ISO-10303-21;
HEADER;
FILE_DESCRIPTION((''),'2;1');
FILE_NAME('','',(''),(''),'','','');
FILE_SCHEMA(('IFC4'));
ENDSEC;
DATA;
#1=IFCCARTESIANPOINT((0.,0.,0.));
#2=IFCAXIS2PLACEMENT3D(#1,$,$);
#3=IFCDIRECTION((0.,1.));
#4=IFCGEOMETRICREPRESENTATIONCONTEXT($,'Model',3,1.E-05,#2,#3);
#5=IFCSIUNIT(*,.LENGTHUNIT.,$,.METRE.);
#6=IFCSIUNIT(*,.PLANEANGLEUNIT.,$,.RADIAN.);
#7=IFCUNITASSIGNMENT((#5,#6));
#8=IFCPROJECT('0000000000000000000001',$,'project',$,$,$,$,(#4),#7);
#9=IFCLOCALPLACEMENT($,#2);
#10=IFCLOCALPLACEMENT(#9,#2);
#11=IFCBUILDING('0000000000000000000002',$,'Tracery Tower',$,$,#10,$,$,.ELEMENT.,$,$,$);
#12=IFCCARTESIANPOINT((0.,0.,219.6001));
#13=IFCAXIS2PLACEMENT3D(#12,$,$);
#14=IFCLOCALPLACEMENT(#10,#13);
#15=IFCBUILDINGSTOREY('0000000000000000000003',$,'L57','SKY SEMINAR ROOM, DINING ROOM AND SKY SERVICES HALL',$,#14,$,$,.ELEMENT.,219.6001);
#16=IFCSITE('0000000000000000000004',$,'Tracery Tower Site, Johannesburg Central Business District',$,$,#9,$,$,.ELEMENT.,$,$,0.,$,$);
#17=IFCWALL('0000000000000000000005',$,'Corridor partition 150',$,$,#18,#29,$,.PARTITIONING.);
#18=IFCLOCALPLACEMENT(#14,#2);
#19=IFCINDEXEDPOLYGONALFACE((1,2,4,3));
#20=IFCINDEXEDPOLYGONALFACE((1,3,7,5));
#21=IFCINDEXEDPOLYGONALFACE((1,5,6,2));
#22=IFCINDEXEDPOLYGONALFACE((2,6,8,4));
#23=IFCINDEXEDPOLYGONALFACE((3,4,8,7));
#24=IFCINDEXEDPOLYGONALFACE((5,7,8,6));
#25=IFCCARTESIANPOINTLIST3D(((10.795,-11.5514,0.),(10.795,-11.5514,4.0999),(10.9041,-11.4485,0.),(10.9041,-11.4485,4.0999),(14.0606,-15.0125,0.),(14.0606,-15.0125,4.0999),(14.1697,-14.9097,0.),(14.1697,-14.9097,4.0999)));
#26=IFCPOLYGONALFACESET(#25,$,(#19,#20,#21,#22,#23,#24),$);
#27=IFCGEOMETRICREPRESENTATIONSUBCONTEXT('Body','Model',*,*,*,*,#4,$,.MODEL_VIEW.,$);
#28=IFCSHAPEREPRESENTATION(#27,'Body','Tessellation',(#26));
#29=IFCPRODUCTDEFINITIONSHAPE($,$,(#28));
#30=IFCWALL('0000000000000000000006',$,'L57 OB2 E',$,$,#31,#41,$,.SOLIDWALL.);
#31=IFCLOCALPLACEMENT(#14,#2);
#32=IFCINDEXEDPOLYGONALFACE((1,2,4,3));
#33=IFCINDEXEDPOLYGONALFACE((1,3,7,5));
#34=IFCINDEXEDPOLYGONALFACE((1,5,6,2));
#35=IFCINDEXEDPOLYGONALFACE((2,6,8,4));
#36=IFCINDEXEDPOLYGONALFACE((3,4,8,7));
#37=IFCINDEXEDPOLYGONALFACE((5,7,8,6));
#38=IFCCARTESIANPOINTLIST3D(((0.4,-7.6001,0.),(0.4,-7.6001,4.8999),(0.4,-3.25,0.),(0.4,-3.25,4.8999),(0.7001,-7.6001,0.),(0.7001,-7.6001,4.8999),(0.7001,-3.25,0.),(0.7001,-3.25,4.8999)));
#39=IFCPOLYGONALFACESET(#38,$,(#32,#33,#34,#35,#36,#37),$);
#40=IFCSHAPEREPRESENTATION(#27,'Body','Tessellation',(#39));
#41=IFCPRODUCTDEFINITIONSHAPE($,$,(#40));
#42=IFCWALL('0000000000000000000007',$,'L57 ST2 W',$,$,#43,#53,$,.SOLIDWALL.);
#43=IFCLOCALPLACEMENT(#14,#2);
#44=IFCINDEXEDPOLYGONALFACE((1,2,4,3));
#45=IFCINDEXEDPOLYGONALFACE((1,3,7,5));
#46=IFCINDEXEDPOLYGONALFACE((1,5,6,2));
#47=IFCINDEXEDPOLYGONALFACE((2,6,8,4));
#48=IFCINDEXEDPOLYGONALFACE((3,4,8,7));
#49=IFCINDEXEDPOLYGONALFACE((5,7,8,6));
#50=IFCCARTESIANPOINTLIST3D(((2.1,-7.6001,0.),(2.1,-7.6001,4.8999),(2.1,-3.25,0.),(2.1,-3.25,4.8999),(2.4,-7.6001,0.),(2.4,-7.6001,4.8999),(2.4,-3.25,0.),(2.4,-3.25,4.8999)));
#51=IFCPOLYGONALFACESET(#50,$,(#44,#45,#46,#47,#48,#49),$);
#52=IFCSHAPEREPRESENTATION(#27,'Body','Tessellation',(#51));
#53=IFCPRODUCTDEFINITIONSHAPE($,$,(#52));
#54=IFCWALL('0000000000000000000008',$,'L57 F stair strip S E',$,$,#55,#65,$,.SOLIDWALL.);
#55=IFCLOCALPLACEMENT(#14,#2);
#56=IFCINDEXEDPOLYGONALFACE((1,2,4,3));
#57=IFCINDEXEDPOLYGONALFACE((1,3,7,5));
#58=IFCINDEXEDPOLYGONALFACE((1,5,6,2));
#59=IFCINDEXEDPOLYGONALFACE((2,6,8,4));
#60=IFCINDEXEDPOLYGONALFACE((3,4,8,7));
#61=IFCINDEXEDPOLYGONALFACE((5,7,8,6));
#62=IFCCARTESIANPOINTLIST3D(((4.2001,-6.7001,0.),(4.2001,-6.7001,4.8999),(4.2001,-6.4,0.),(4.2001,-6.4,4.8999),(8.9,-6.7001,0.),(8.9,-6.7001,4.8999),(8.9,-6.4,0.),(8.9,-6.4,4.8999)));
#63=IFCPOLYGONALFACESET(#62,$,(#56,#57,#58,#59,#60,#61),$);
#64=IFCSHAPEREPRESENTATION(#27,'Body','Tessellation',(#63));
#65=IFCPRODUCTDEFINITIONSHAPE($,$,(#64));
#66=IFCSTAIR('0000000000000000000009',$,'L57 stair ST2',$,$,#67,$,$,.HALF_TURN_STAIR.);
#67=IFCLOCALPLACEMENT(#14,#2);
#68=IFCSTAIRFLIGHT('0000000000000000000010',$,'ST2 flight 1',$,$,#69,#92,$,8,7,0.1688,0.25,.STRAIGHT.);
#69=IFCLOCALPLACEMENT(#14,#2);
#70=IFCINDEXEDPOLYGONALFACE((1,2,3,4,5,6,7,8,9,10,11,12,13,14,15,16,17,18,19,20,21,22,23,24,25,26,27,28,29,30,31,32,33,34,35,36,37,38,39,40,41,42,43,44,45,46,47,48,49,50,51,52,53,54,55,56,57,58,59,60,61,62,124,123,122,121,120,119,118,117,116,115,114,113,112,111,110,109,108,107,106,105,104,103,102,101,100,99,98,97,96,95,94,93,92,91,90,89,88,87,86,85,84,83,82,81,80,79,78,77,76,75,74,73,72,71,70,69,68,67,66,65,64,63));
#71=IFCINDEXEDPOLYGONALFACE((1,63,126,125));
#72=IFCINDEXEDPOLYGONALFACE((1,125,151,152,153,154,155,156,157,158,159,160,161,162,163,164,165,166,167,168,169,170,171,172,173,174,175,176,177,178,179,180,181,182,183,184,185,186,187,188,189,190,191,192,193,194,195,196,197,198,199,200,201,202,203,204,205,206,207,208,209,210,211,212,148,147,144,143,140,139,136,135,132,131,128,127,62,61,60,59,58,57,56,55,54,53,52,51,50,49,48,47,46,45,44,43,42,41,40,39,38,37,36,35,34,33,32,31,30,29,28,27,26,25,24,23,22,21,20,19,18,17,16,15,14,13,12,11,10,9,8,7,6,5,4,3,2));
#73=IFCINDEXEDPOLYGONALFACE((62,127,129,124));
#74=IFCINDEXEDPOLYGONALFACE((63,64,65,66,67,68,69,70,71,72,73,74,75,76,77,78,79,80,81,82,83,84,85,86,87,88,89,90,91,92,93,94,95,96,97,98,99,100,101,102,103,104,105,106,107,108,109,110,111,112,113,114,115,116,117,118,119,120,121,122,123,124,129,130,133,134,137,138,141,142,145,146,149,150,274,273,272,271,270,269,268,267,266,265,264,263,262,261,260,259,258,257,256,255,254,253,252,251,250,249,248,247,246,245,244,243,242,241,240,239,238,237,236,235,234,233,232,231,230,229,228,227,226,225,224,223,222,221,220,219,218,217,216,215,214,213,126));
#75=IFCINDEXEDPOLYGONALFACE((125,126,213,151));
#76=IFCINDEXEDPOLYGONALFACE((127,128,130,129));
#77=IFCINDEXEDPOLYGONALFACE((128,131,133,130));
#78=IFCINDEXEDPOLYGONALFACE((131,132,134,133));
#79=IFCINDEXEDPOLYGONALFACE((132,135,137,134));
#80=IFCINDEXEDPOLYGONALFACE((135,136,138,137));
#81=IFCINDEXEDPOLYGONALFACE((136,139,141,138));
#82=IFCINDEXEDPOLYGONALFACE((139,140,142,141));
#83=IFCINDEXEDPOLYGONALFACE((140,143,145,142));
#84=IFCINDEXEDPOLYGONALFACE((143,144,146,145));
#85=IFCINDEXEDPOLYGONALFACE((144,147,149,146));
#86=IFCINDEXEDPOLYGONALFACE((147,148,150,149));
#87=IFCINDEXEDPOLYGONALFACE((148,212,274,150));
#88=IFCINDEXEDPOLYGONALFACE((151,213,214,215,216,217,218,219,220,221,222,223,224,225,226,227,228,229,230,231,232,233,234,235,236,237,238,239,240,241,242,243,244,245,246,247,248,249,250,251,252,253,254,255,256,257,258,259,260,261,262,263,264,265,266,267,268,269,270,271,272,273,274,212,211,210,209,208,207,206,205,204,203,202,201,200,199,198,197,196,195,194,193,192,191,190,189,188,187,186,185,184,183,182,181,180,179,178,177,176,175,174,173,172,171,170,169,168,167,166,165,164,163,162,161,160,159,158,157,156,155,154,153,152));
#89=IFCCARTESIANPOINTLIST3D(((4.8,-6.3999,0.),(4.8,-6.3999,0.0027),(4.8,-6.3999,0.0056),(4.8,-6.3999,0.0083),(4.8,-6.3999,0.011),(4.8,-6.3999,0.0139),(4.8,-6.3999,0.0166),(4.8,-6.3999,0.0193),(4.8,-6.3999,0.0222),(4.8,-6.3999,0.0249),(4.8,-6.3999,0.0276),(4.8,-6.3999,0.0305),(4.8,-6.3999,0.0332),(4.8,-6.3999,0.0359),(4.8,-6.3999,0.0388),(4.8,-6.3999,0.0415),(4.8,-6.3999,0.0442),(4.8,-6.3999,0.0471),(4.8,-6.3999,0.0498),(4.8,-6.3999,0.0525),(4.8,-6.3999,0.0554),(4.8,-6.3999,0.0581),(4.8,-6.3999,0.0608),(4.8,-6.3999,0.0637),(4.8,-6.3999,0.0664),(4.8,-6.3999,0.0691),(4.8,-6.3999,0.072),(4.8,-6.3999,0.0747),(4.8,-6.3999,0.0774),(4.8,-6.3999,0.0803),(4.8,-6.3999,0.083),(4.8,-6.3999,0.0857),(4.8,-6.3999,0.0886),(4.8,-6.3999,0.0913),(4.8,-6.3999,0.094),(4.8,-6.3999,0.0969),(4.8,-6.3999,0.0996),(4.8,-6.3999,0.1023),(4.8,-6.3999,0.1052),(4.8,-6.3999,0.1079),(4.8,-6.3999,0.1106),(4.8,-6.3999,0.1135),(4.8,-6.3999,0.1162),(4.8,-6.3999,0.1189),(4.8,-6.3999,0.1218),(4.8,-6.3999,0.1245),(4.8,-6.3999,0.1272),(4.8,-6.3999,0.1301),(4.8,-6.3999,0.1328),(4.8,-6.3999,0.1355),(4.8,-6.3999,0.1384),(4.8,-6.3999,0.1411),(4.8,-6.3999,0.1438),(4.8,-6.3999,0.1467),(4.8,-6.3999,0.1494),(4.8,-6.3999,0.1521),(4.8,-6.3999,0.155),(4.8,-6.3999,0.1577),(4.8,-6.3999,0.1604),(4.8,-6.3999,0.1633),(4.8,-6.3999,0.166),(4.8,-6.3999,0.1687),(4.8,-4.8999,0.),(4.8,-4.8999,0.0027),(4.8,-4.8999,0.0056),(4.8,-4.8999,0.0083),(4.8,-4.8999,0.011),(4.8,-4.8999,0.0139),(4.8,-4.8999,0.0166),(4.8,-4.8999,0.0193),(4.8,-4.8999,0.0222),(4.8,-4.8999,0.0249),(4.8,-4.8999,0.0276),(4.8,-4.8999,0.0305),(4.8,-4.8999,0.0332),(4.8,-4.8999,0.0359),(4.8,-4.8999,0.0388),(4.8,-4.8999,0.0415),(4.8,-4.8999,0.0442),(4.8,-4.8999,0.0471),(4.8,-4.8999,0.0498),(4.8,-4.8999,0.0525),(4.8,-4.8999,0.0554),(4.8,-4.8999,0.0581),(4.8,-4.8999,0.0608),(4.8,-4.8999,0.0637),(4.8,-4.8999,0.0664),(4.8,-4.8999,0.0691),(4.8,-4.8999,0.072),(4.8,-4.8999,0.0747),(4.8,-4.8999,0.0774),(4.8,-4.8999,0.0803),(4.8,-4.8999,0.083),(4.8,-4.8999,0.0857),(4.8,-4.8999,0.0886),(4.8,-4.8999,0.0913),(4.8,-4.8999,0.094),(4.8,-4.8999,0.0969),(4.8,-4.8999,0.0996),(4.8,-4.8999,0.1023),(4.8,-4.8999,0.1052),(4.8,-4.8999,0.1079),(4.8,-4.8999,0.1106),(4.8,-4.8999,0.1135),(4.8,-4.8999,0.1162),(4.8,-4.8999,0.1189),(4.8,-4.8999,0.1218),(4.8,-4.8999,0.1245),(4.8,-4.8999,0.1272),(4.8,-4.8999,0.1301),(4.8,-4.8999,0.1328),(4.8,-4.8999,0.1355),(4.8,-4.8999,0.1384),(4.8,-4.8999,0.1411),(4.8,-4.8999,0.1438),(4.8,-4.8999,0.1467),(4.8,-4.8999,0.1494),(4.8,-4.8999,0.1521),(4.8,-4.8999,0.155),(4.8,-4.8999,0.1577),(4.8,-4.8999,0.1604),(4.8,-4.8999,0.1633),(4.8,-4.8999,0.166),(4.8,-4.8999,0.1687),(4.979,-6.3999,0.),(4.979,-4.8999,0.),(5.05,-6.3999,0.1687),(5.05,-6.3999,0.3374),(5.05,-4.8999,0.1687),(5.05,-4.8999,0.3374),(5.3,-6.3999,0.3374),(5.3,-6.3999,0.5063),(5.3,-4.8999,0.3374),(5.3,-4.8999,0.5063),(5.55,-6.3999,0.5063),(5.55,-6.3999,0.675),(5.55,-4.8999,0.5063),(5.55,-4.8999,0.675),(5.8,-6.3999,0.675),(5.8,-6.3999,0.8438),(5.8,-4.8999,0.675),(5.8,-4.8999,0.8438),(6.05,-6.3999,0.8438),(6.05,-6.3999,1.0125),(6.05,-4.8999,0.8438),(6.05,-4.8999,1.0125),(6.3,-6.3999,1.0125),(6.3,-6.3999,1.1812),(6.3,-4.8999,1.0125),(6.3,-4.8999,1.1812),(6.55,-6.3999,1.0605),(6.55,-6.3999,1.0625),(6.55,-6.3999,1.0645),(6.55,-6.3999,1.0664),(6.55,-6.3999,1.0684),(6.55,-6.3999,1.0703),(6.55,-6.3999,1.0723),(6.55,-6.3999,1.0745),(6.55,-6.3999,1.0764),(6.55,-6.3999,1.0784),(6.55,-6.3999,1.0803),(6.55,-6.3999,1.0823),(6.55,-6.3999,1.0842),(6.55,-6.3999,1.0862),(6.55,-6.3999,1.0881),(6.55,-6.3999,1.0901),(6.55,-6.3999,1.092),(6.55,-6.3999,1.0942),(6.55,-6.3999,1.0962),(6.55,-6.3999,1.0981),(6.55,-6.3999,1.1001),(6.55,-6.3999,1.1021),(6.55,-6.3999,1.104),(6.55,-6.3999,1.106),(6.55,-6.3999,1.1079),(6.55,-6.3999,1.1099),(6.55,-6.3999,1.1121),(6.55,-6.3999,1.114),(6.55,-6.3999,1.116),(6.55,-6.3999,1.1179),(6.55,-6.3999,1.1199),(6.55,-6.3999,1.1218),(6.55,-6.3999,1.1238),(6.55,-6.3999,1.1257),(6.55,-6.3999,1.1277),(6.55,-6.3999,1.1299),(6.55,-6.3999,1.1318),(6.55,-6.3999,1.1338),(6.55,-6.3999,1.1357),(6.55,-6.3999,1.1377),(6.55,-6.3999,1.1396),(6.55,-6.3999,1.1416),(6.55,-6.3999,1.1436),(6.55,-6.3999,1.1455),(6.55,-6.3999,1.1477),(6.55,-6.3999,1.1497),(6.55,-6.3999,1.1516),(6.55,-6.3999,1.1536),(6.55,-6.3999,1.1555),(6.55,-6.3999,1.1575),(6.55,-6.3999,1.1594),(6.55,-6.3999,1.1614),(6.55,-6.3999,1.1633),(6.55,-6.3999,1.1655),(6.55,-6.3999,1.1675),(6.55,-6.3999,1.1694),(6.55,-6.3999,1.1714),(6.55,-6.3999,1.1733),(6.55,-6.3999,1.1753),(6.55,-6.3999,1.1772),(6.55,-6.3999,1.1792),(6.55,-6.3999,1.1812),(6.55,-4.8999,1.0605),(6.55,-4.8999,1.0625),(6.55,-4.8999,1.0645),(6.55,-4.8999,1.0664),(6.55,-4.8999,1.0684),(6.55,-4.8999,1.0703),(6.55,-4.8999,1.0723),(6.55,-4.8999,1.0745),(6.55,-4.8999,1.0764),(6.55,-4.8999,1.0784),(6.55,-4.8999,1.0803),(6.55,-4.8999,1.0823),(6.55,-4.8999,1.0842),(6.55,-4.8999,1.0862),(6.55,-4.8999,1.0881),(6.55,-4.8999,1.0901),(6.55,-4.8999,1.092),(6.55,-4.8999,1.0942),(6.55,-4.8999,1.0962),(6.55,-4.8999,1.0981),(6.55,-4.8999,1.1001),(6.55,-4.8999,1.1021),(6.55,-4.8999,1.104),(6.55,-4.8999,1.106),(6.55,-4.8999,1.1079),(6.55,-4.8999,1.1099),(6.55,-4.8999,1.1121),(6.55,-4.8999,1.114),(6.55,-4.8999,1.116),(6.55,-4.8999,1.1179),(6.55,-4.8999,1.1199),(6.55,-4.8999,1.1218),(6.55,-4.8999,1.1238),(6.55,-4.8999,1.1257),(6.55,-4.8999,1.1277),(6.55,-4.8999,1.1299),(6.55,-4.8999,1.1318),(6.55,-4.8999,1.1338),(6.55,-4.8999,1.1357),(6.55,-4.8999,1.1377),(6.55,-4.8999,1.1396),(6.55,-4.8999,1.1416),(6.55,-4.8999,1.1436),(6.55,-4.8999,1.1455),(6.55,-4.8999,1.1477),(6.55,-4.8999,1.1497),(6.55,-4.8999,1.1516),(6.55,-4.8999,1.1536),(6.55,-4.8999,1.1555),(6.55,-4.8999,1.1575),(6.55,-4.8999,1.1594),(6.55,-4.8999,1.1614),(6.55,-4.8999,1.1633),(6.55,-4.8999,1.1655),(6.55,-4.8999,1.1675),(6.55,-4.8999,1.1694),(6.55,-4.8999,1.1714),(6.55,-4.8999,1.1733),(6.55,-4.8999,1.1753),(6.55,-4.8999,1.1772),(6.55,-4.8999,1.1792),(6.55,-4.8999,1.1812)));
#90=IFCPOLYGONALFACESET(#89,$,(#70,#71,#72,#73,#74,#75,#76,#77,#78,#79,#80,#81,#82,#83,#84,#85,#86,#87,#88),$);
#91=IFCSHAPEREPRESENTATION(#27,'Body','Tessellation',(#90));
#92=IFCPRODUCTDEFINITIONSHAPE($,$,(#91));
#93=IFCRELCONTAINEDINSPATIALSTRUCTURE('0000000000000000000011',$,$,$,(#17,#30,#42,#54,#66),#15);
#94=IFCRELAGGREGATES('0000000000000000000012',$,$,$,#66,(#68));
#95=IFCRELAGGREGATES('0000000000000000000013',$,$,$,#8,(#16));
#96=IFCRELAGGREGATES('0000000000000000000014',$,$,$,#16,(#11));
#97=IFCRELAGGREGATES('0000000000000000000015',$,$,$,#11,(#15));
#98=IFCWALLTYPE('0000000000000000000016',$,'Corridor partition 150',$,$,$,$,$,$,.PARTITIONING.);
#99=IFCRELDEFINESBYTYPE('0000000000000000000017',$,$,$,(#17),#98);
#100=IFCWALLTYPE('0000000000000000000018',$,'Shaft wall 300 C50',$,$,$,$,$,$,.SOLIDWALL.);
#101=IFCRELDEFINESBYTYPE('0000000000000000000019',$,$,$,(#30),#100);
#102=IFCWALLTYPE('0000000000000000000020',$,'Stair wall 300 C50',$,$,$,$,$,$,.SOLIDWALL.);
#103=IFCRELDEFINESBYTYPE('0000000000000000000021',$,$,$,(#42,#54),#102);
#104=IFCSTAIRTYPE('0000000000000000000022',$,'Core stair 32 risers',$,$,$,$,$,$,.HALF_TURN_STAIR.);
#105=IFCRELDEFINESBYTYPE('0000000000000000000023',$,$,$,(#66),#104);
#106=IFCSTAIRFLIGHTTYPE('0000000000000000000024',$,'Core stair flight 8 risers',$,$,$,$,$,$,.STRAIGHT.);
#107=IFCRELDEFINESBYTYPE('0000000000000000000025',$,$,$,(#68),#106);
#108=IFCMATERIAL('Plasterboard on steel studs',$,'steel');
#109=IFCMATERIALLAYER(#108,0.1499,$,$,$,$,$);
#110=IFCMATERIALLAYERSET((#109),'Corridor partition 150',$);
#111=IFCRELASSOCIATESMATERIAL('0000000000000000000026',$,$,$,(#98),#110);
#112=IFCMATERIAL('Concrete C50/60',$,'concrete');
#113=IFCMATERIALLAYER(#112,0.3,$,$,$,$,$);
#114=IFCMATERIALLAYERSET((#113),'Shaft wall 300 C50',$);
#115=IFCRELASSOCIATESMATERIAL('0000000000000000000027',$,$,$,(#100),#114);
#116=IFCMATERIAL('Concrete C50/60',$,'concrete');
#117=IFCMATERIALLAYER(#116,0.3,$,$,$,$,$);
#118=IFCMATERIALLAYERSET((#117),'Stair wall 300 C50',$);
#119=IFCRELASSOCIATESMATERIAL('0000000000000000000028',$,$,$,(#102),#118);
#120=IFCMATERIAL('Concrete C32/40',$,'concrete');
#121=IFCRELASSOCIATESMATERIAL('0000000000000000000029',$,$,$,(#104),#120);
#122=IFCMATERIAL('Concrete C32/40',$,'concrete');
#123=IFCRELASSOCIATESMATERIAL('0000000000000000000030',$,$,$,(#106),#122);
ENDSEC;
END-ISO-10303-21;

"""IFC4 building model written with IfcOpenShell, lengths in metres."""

from ifc_helpers import new_model, si_unit, direction, frame, frame_2d, origin, place, context, subcontext, project, spatial, polyline, rectangle, outline, extrude, material, layer, layer_set, type_object, element, aggregate, save


model = new_model("IFC4")

# Units and contexts
model_context = context("Model", 3, precision=1e-05, world=origin(), true_north=direction((0.0, 1.0)))
body_context = subcontext(model_context, "Body", "Model", "MODEL_VIEW")
ifc_project = project(units=[si_unit("LENGTHUNIT", "METRE"), si_unit("PLANEANGLEUNIT", "RADIAN")], contexts=[model_context])

# Site, building, storey
site_placement = place(None, origin())
site = spatial("IfcSite", under=ifc_project, at=site_placement, Name="Tracery Tower Site, Johannesburg Central Business District", CompositionType="ELEMENT", RefElevation=0.0)
building_placement = place(site_placement, origin())
building = spatial("IfcBuilding", under=site, at=building_placement, Name="Tracery Tower", CompositionType="ELEMENT")
storey_placement = place(building_placement, frame((0.0, 0.0, 219.6001)))
storey = spatial("IfcBuildingStorey", under=building, at=storey_placement, Name="L57", Description="SKY SEMINAR ROOM, DINING ROOM AND SKY SERVICES HALL", CompositionType="ELEMENT", Elevation=219.6001)

# Walls
ifc_material_1 = material(Name="Plasterboard on steel studs", Category="steel")
ifc_layer_1 = layer(ifc_material_1, 0.1499)
ifc_layer_set_1 = layer_set([ifc_layer_1], Name="Corridor partition 150")
wall_type_1 = type_object("IfcWallType", Name="Corridor partition 150", PredefinedType="PARTITIONING", material=ifc_layer_set_1)
wall_1_placement = place(storey_placement, frame((14.1152, -14.9612, 0.0), z_axis=(0.0, 0.0, 1.0), x_axis=(-0.68626, 0.727356, 0.0)))
element("IfcWall", 1, at=wall_1_placement, inside=storey, type_object=wall_type_1, Name="Corridor partition 150", PredefinedType="PARTITIONING", context=body_context, shape_type="SweptSolid", body=[
    extrude(rectangle(XDim=4.7585, YDim=0.1499, at=frame_2d((2.3794, 0.0))), origin(), (0.0, 0.0, 1.0), 4.0999),
])
ifc_material_2 = material(Name="Concrete C50/60", Category="concrete")
ifc_layer_2 = layer(ifc_material_2, 0.3)
ifc_layer_set_2 = layer_set([ifc_layer_2], Name="Shaft wall 300 C50")
wall_type_2 = type_object("IfcWallType", Name="Shaft wall 300 C50", PredefinedType="SOLIDWALL", material=ifc_layer_set_2)
wall_2_placement = place(storey_placement, frame((0.55, -7.6001, 0.0), z_axis=(0.0, 0.0, 1.0), x_axis=(0.0, 1.0, 0.0)))
element("IfcWall", 2, at=wall_2_placement, inside=storey, type_object=wall_type_2, Name="L57 OB2 E", PredefinedType="SOLIDWALL", context=body_context, shape_type="SweptSolid", body=[
    extrude(rectangle(XDim=4.3501, YDim=0.3, at=frame_2d((2.175, 0.0))), origin(), (0.0, 0.0, 1.0), 4.8999),
])

# Shared definitions
ifc_material_3 = material(Name="Concrete C50/60", Category="concrete")
ifc_layer_3 = layer(ifc_material_3, 0.3)
ifc_layer_set_3 = layer_set([ifc_layer_3], Name="Stair wall 300 C50")
wall_type_3 = type_object("IfcWallType", Name="Stair wall 300 C50", PredefinedType="SOLIDWALL", material=ifc_layer_set_3)

# Wall
wall_3_placement = place(storey_placement, frame((2.25, -7.6001, 0.0), z_axis=(0.0, 0.0, 1.0), x_axis=(0.0, 1.0, 0.0)))
element("IfcWall", 3, at=wall_3_placement, inside=storey, type_object=wall_type_3, Name="L57 ST2 W", PredefinedType="SOLIDWALL", context=body_context, shape_type="SweptSolid", body=[
    extrude(rectangle(XDim=4.3501, YDim=0.3, at=frame_2d((2.175, 0.0))), origin(), (0.0, 0.0, 1.0), 4.8999),
])

# Wall
wall_4_placement = place(storey_placement, frame((4.2, -6.55, 0.0), z_axis=(0.0, 0.0, 1.0), x_axis=(1.0, 0.0, 0.0)))
element("IfcWall", 4, at=wall_4_placement, inside=storey, type_object=wall_type_3, Name="L57 F stair strip S E", PredefinedType="SOLIDWALL", context=body_context, shape_type="SweptSolid", body=[
    extrude(rectangle(XDim=4.7, YDim=0.3, at=frame_2d((2.3501, 0.0))), origin(), (0.0, 0.0, 1.0), 4.8999),
])

# Stair, stair flight
ifc_material_4 = material(Name="Concrete C32/40", Category="concrete")
stair_type = type_object("IfcStairType", Name="Core stair 32 risers", PredefinedType="HALF_TURN_STAIR", material=ifc_material_4)
stair_placement = place(storey_placement, origin())
stair = element("IfcStair", 5, at=stair_placement, inside=storey, type_object=stair_type, Name="L57 stair ST2", PredefinedType="HALF_TURN_STAIR")
ifc_material_5 = material(Name="Concrete C32/40", Category="concrete")
stair_flight_type = type_object("IfcStairFlightType", Name="Core stair flight 8 risers", PredefinedType="STRAIGHT", material=ifc_material_5)
stair_flight_1_placement = place(storey_placement, frame((4.8, -5.6499, 0.0), z_axis=(0.0, 0.0, 1.0), x_axis=(1.0, 0.0, 0.0)))
stair_flight_1 = element("IfcStairFlight", 6, at=stair_flight_1_placement, type_object=stair_flight_type, Name="ST2 flight 1", NumberOfRisers=8, NumberOfTreads=7, PredefinedType="STRAIGHT", RiserHeight=0.1688, TreadLength=0.25, context=body_context, shape_type="SweptSolid", body=[
    extrude(outline(polyline([(0.0, 0.0), (0.0, 0.0027), (0.0, 0.0056), (0.0, 0.0083), (0.0, 0.011), (0.0, 0.0139), (0.0, 0.0166), (0.0, 0.0193), (0.0, 0.0222), (0.0, 0.0249), (0.0, 0.0276), (0.0, 0.0305), (0.0, 0.0332), (0.0, 0.0359), (0.0, 0.0388), (0.0, 0.0415), (0.0, 0.0442), (0.0, 0.0471), (0.0, 0.0498), (0.0, 0.0525), (0.0, 0.0554), (0.0, 0.0581), (0.0, 0.0608), (0.0, 0.0637), (0.0, 0.0664), (0.0, 0.0691), (0.0, 0.072), (0.0, 0.0747), (0.0, 0.0774), (0.0, 0.0803), (0.0, 0.083), (0.0, 0.0857), (0.0, 0.0886), (0.0, 0.0913), (0.0, 0.094), (0.0, 0.0969), (0.0, 0.0996), (0.0, 0.1023), (0.0, 0.1052), (0.0, 0.1079), (0.0, 0.1106), (0.0, 0.1135), (0.0, 0.1162), (0.0, 0.1189), (0.0, 0.1218), (0.0, 0.1245), (0.0, 0.1272), (0.0, 0.1301), (0.0, 0.1328), (0.0, 0.1355), (0.0, 0.1384), (0.0, 0.1411), (0.0, 0.1438), (0.0, 0.1467), (0.0, 0.1494), (0.0, 0.1521), (0.0, 0.155), (0.0, 0.1577), (0.0, 0.1604), (0.0, 0.1633), (0.0, 0.166), (0.0, 0.1687), (0.25, 0.1687), (0.25, 0.3374), (0.5, 0.3374), (0.5, 0.5063), (0.75, 0.5063), (0.75, 0.675), (1.0, 0.675), (1.0, 0.8438), (1.25, 0.8438), (1.25, 1.0125), (1.5, 1.0125), (1.5, 1.1812), (1.75, 1.1812), (1.75, 1.1792), (1.75, 1.1772), (1.75, 1.1753), (1.75, 1.1733), (1.75, 1.1714), (1.75, 1.1694), (1.75, 1.1675), (1.75, 1.1655), (1.75, 1.1633), (1.75, 1.1614), (1.75, 1.1594), (1.75, 1.1575), (1.75, 1.1555), (1.75, 1.1536), (1.75, 1.1516), (1.75, 1.1497), (1.75, 1.1477), (1.75, 1.1455), (1.75, 1.1436), (1.75, 1.1416), (1.75, 1.1396), (1.75, 1.1377), (1.75, 1.1357), (1.75, 1.1338), (1.75, 1.1318), (1.75, 1.1299), (1.75, 1.1277), (1.75, 1.1257), (1.75, 1.1238), (1.75, 1.1218), (1.75, 1.1199), (1.75, 1.1179), (1.75, 1.116), (1.75, 1.114), (1.75, 1.1121), (1.75, 1.1099), (1.75, 1.1079), (1.75, 1.106), (1.75, 1.104), (1.75, 1.1021), (1.75, 1.1001), (1.75, 1.0981), (1.75, 1.0962), (1.75, 1.0942), (1.75, 1.092), (1.75, 1.0901), (1.75, 1.0881), (1.75, 1.0862), (1.75, 1.0842), (1.75, 1.0823), (1.75, 1.0803), (1.75, 1.0784), (1.75, 1.0764), (1.75, 1.0745), (1.75, 1.0723), (1.75, 1.0703), (1.75, 1.0684), (1.75, 1.0664), (1.75, 1.0645), (1.75, 1.0625), (1.75, 1.0605), (0.179, 0.0), (0.0, 0.0)])), frame((0.0, 0.75, 0.0), z_axis=(0.0, -1.0, 0.0), x_axis=(1.0, 0.0, 0.0)), (0.0, 0.0, 1.0), 1.5),
])
aggregate(stair, [stair_flight_1])

save(model, "model.ifc")
